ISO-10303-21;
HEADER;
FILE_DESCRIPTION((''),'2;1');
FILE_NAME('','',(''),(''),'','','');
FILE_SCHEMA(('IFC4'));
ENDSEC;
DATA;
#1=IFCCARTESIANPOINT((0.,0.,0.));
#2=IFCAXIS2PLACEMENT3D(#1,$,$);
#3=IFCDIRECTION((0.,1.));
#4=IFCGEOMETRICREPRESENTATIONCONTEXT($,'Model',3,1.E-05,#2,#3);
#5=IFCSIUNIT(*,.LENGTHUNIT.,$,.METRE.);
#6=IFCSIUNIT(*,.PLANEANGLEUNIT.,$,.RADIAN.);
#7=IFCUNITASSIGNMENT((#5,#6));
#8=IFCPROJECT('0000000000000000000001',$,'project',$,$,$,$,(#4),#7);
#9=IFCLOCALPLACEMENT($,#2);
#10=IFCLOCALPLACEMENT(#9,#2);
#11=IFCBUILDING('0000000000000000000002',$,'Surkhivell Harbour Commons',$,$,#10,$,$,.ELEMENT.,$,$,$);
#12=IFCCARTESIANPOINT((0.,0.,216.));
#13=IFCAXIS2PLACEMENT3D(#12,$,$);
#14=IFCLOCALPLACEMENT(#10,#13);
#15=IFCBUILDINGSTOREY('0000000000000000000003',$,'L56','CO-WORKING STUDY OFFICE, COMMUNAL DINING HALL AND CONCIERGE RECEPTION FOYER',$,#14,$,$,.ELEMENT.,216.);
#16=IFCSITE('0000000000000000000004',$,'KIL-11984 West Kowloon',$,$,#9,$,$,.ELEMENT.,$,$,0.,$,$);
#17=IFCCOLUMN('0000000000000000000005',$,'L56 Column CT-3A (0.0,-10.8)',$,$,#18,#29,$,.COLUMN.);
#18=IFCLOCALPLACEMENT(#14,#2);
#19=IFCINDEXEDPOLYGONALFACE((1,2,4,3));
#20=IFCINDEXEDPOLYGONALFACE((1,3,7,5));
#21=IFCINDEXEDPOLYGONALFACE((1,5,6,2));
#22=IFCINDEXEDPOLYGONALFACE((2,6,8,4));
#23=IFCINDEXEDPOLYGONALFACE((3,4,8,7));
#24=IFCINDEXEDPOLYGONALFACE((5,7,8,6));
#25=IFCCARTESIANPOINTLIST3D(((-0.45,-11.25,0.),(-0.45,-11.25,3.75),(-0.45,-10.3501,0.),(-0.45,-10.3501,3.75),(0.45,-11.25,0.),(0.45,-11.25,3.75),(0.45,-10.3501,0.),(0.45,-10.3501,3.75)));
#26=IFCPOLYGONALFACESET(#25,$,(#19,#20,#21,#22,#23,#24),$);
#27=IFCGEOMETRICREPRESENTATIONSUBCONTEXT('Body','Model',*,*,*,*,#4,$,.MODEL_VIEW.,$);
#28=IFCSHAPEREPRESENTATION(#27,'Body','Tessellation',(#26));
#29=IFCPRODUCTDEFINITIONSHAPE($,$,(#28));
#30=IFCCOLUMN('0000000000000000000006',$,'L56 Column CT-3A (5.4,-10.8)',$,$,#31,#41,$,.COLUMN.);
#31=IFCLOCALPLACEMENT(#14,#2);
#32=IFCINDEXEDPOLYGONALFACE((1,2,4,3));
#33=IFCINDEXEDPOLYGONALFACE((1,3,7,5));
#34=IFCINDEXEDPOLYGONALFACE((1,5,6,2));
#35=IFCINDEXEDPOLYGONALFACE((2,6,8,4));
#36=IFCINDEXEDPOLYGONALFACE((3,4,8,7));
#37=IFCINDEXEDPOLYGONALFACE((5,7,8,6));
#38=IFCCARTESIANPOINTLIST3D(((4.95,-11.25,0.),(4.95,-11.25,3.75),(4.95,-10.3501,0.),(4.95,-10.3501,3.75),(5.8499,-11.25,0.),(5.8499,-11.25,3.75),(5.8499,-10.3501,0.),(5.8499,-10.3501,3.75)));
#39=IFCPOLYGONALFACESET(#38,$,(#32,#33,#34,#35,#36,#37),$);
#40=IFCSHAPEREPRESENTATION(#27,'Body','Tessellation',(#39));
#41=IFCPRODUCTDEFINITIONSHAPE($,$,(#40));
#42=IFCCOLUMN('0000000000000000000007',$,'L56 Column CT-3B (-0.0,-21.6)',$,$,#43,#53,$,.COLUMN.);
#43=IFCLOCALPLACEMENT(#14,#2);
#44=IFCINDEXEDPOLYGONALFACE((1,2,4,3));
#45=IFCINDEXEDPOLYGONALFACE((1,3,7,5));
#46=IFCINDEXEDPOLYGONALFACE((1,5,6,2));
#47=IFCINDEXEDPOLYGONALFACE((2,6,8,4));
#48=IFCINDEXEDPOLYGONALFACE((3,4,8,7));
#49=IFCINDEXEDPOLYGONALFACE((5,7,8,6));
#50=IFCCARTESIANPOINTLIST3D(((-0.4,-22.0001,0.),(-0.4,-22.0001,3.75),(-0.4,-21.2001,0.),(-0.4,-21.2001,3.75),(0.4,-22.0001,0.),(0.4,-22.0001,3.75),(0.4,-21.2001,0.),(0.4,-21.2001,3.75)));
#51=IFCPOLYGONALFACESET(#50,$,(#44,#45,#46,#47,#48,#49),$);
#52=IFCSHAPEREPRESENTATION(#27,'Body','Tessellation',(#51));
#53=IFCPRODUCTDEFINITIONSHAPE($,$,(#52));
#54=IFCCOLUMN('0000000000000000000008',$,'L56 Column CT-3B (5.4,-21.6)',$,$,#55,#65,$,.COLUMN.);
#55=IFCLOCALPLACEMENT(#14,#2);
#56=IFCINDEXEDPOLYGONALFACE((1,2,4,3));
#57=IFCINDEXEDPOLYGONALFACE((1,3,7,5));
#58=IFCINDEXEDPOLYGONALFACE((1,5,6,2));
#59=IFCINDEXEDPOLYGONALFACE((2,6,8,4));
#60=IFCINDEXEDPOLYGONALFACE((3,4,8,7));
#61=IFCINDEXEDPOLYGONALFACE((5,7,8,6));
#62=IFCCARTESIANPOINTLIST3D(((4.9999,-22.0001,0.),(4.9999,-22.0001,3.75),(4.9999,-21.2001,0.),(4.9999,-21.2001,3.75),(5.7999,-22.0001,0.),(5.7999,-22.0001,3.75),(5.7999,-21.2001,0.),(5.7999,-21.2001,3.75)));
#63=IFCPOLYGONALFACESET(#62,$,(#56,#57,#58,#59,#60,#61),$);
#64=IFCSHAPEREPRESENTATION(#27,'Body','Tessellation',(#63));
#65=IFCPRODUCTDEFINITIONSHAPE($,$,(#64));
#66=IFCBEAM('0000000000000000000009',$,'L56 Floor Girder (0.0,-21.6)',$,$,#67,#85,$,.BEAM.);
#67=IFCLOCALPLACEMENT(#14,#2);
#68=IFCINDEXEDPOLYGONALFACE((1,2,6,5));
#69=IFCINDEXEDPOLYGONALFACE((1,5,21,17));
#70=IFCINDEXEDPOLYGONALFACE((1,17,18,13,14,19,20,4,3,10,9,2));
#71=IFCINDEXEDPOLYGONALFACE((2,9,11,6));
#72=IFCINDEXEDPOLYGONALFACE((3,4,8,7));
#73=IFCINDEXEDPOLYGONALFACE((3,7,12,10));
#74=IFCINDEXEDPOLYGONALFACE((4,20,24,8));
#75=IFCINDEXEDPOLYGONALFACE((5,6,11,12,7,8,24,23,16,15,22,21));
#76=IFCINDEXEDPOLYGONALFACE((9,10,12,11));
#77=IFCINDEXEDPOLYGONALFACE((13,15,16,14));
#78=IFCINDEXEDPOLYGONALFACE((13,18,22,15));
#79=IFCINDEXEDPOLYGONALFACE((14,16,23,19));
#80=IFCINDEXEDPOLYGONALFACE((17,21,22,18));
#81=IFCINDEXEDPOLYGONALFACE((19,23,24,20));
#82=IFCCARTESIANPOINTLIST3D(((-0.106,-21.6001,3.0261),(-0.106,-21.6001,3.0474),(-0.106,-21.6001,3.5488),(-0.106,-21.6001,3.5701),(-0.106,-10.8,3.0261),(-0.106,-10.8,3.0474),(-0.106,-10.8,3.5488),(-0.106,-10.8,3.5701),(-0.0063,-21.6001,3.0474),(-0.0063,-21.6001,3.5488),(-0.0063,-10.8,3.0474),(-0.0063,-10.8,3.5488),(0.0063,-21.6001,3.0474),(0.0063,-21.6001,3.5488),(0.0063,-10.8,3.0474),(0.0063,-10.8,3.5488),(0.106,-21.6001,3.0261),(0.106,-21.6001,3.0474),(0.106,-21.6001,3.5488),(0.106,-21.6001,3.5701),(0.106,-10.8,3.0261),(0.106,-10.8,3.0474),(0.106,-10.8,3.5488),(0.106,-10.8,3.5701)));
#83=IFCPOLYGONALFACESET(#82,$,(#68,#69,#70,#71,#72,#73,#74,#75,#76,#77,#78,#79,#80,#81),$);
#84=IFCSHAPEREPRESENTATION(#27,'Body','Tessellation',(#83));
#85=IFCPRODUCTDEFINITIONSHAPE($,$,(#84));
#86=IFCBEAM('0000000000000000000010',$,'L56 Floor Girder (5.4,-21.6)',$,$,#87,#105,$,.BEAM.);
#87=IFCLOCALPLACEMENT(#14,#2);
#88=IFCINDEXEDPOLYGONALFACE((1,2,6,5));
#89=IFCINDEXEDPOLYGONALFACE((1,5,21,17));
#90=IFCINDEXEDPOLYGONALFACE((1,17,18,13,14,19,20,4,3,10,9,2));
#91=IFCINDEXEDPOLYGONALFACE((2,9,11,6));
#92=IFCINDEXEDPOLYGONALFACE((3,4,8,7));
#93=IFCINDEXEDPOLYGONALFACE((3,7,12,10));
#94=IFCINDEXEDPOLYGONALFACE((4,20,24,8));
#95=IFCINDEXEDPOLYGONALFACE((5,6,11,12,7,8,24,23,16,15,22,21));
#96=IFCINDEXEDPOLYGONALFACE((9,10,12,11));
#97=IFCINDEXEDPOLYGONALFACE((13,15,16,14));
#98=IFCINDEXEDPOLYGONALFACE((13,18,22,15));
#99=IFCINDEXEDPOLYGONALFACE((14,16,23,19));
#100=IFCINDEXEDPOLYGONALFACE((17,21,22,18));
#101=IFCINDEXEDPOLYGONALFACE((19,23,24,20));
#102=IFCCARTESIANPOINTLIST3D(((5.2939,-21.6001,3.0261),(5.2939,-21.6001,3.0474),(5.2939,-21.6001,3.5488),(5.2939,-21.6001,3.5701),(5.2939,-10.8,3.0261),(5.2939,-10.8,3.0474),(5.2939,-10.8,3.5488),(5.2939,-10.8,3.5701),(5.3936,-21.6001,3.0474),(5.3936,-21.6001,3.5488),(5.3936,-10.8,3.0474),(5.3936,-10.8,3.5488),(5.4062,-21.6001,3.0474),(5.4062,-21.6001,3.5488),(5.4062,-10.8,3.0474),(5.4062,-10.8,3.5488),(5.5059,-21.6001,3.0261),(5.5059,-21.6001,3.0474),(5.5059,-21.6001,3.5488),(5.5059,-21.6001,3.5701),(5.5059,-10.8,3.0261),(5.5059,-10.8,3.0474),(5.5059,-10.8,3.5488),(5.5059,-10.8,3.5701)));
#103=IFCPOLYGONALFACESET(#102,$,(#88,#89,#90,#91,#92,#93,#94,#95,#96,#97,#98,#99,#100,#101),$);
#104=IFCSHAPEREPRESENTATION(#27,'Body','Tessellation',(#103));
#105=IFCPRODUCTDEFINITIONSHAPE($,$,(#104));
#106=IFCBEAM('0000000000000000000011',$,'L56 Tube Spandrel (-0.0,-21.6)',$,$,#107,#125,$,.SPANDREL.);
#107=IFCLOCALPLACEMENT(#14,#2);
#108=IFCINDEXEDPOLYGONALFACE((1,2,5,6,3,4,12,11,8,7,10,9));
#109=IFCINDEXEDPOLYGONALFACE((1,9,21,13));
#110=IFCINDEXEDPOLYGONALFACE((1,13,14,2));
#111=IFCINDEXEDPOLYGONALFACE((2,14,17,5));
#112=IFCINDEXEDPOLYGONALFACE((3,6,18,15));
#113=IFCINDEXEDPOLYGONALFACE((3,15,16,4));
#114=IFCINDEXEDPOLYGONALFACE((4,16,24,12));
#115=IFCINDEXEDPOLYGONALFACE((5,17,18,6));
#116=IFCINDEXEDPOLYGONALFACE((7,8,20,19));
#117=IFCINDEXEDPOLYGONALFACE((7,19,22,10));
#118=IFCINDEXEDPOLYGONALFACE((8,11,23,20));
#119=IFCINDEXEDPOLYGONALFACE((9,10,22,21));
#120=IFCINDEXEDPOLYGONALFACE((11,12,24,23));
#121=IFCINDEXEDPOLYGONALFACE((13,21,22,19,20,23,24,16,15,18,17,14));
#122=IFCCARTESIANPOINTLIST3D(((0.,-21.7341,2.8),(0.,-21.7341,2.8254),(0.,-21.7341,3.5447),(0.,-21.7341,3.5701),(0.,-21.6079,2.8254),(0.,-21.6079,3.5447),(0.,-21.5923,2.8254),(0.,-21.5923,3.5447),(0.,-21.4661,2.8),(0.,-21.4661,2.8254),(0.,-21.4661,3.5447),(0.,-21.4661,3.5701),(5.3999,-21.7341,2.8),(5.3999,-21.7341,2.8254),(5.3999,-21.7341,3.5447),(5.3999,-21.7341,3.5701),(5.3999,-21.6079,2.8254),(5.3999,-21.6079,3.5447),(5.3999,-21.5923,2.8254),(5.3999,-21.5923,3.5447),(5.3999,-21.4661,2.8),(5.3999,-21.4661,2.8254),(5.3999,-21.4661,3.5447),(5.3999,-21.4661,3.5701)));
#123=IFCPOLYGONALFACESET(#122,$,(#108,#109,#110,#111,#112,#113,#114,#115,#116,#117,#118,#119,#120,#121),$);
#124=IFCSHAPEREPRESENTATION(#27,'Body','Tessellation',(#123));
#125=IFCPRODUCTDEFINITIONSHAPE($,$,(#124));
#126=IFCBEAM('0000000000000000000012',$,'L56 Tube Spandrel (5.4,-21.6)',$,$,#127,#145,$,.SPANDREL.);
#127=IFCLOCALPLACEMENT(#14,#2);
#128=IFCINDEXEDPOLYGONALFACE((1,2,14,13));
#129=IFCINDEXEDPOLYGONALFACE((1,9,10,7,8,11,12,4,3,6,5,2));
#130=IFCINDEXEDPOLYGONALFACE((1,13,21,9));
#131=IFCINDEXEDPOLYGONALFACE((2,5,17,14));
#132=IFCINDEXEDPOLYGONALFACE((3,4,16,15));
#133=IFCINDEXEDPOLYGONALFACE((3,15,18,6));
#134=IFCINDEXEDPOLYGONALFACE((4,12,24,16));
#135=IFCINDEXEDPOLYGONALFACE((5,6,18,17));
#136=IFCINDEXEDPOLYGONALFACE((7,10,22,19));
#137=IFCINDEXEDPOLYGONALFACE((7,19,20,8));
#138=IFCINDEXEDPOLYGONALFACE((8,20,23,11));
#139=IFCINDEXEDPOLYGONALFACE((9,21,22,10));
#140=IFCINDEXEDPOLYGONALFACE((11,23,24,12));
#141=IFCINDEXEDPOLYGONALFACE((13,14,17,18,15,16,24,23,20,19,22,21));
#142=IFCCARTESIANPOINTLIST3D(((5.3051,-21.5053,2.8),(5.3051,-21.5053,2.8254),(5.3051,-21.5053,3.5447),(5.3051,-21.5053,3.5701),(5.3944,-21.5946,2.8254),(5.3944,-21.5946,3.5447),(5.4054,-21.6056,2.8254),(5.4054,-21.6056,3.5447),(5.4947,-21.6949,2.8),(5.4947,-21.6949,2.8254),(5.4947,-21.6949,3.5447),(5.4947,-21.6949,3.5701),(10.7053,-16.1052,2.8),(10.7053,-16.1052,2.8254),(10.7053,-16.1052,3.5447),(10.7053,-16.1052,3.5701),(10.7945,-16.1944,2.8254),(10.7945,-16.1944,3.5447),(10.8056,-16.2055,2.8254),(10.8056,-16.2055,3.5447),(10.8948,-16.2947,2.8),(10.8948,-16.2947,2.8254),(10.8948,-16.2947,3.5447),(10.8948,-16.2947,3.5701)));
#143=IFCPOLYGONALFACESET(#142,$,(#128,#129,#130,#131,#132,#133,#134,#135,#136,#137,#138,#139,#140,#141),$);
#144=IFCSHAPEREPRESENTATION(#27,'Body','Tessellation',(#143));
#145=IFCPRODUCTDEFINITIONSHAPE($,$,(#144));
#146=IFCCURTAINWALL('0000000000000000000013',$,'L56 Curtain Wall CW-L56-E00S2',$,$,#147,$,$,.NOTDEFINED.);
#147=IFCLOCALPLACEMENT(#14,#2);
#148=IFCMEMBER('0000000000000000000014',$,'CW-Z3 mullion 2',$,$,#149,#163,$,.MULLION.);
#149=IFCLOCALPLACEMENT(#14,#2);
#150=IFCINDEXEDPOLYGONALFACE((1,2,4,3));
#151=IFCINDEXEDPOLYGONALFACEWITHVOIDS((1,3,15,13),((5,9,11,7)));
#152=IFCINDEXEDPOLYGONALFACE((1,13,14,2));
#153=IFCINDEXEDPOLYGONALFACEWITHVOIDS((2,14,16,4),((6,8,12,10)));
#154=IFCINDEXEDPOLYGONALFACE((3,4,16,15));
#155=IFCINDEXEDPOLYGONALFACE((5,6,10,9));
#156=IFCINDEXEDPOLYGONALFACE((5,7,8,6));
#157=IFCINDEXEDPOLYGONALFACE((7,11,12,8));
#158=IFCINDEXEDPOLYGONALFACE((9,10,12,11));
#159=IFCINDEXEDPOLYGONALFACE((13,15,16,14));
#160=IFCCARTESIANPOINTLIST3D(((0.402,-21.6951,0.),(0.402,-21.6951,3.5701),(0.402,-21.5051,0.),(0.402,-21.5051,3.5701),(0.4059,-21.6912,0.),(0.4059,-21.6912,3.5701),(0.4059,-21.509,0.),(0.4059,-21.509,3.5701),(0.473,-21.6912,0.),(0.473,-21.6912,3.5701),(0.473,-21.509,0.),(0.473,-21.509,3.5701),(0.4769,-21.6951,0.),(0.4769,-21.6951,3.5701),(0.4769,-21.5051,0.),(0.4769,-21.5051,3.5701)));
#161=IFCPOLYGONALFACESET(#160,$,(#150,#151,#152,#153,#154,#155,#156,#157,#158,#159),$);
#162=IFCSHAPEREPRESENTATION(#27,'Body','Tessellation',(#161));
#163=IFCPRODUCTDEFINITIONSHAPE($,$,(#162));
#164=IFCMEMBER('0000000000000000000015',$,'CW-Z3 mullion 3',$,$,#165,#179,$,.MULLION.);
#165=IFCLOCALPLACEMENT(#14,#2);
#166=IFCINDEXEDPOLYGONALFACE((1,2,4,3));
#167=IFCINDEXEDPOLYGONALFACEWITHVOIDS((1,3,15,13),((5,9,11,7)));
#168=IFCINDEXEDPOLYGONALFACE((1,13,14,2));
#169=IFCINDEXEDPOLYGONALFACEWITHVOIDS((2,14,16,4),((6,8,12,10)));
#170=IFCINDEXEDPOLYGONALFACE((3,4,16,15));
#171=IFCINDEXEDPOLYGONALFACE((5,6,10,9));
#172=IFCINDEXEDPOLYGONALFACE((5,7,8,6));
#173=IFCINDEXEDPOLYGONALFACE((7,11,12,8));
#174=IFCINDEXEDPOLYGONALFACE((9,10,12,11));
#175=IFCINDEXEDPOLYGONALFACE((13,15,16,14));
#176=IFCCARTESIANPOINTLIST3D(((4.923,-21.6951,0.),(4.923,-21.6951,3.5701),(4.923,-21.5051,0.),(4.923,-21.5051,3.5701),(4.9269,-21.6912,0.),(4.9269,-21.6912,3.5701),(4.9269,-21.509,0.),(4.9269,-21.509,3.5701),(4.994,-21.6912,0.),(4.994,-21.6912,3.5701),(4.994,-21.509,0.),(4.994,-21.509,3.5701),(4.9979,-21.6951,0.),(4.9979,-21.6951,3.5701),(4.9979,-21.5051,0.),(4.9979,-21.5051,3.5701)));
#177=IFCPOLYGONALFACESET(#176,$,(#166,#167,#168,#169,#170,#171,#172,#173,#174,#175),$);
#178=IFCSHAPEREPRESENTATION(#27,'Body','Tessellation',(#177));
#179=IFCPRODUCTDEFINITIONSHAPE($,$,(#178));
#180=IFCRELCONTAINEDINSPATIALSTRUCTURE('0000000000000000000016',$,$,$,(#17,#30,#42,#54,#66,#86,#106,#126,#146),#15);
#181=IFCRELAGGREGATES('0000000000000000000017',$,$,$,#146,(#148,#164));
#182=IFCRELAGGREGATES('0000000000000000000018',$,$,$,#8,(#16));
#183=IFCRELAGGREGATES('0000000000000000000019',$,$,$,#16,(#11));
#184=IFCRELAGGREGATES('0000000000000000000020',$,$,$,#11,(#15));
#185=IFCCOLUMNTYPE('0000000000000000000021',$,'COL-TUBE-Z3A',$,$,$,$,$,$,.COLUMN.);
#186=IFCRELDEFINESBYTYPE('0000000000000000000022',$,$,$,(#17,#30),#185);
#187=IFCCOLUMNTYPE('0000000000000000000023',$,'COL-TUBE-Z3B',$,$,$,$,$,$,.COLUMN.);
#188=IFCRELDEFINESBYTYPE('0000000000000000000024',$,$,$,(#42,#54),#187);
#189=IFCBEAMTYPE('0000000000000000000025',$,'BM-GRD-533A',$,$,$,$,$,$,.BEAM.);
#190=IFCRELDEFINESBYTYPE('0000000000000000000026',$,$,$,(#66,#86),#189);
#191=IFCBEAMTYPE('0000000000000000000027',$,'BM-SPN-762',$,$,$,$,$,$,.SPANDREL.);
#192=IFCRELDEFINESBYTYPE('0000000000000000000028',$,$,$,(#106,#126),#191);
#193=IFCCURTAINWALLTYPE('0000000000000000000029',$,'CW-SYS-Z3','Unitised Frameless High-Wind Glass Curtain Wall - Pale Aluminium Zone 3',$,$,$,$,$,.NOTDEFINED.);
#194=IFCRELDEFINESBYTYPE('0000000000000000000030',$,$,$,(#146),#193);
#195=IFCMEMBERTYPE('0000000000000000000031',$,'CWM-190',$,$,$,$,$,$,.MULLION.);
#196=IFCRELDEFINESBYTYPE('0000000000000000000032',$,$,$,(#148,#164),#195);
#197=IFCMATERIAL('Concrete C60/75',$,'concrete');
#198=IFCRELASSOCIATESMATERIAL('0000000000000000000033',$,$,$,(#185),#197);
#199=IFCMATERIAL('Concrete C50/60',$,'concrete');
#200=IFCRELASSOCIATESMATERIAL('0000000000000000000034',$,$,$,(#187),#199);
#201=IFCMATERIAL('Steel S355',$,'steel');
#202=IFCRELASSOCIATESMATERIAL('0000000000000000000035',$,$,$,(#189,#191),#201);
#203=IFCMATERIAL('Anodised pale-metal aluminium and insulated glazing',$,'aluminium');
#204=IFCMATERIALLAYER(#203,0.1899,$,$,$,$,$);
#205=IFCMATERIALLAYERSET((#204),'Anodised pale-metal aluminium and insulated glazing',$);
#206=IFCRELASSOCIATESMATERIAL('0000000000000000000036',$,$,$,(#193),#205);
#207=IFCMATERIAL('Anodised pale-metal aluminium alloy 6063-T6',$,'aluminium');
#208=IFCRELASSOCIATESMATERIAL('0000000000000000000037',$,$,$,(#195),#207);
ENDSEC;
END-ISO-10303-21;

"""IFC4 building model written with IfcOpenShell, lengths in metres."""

from ifc_helpers import new_model, si_unit, direction, frame, origin, origin_2d, place, context, subcontext, project, spatial, rectangle, hollow_rectangle, i_section, extrude, material, layer, layer_set, material_profile, profile_set, type_object, element, aggregate, save


model = new_model("IFC4")

# Units and contexts
model_context = context("Model", 3, precision=1e-05, world=origin(), true_north=direction((0.0, 1.0)))
body_context = subcontext(model_context, "Body", "Model", "MODEL_VIEW")
ifc_project = project(units=[si_unit("LENGTHUNIT", "METRE"), si_unit("PLANEANGLEUNIT", "RADIAN")], contexts=[model_context])

# Site, building, storey
site_placement = place(None, origin())
site = spatial("IfcSite", under=ifc_project, at=site_placement, Name="KIL-11984 West Kowloon", CompositionType="ELEMENT", RefElevation=0.0)
building_placement = place(site_placement, origin())
building = spatial("IfcBuilding", under=site, at=building_placement, Name="Surkhivell Harbour Commons", CompositionType="ELEMENT")
storey_placement = place(building_placement, frame((0.0, 0.0, 216.0)))
storey = spatial("IfcBuildingStorey", under=building, at=storey_placement, Name="L56", Description="CO-WORKING STUDY OFFICE, COMMUNAL DINING HALL AND CONCIERGE RECEPTION FOYER", CompositionType="ELEMENT", Elevation=216.0)

# Columns
ifc_material_1 = material(Name="Concrete C60/75", Category="concrete")
ifc_material_profile_1 = material_profile(ifc_material_1, rectangle(XDim=0.8999, YDim=0.8999, at=origin_2d()), Name="RC-COL-900x900")
ifc_profile_set_1 = profile_set([ifc_material_profile_1], Name="Concrete C60/75")
column_type_1 = type_object("IfcColumnType", Name="COL-TUBE-Z3A", PredefinedType="COLUMN", material=ifc_profile_set_1)
for number, where, z_axis, x_axis, name in (
    (1, (0.0, -10.8, 0.0), (0.0, 0.0, 1.0), (1.0, 0.0, 0.0), "L56 Column CT-3A (0.0,-10.8)"),
    (2, (5.3999, -10.8, 0.0), (0.0, 0.0, 1.0), (1.0, 0.0, 0.0), "L56 Column CT-3A (5.4,-10.8)"),
):
    element("IfcColumn", number, at=place(storey_placement, frame(where, z_axis=z_axis, x_axis=x_axis)), inside=storey, type_object=column_type_1, Name=name, PredefinedType="COLUMN", context=body_context, shape_type="SweptSolid", body=[
        extrude(rectangle(XDim=0.8999, YDim=0.8999, at=origin_2d()), origin(), (0.0, 0.0, 1.0), 3.75),
    ])
ifc_material_2 = material(Name="Concrete C50/60", Category="concrete")
ifc_material_profile_2 = material_profile(ifc_material_2, rectangle(XDim=0.8, YDim=0.8, at=origin_2d()), Name="RC-COL-800x800")
ifc_profile_set_2 = profile_set([ifc_material_profile_2], Name="Concrete C50/60")
column_type_2 = type_object("IfcColumnType", Name="COL-TUBE-Z3B", PredefinedType="COLUMN", material=ifc_profile_set_2)
for number, where, z_axis, x_axis, name in (
    (3, (0.0, -21.6001, 0.0), (0.0, 0.0, 1.0), (1.0, 0.0, 0.0), "L56 Column CT-3B (-0.0,-21.6)"),
    (4, (5.3999, -21.6001, 0.0), (0.0, 0.0, 1.0), (1.0, 0.0, 0.0), "L56 Column CT-3B (5.4,-21.6)"),
):
    element("IfcColumn", number, at=place(storey_placement, frame(where, z_axis=z_axis, x_axis=x_axis)), inside=storey, type_object=column_type_2, Name=name, PredefinedType="COLUMN", context=body_context, shape_type="SweptSolid", body=[
        extrude(rectangle(XDim=0.8, YDim=0.8, at=origin_2d()), origin(), (0.0, 0.0, 1.0), 3.75),
    ])

# Beams
ifc_material_3 = material(Name="Steel S355", Category="steel")
ifc_material_profile_3 = material_profile(ifc_material_3, i_section(OverallWidth=0.2119, OverallDepth=0.5439, WebThickness=0.0127, FlangeThickness=0.0212, at=origin_2d()), Name="UB533x210x122")
ifc_profile_set_3 = profile_set([ifc_material_profile_3], Name="Steel S355")
beam_type_1 = type_object("IfcBeamType", Name="BM-GRD-533A", PredefinedType="BEAM", material=ifc_profile_set_3)
for number, where, z_axis, x_axis, name in (
    (5, (0.0, -21.6001, 3.2981), (0.0, 1.0, 0.0), (-1.0, 0.0, 0.0), "L56 Floor Girder (0.0,-21.6)"),
    (6, (5.3999, -21.6001, 3.2981), (0.0, 1.0, 0.0), (-1.0, 0.0, 0.0), "L56 Floor Girder (5.4,-21.6)"),
):
    element("IfcBeam", number, at=place(storey_placement, frame(where, z_axis=z_axis, x_axis=x_axis)), inside=storey, type_object=beam_type_1, Name=name, PredefinedType="BEAM", context=body_context, shape_type="SweptSolid", body=[
        extrude(i_section(OverallWidth=0.2119, OverallDepth=0.5439, WebThickness=0.0127, FlangeThickness=0.0212, at=origin_2d()), origin(), (0.0, 0.0, 1.0), 10.8),
    ])
ifc_material_profile_4 = material_profile(ifc_material_3, i_section(OverallWidth=0.2681, OverallDepth=0.77, WebThickness=0.0156, FlangeThickness=0.0254, at=origin_2d()), Name="UB762x267x197")
ifc_profile_set_4 = profile_set([ifc_material_profile_4], Name="Steel S355")
beam_type_2 = type_object("IfcBeamType", Name="BM-SPN-762", PredefinedType="SPANDREL", material=ifc_profile_set_4)
beam_1_placement = place(storey_placement, frame((0.0, -21.6001, 3.1851), z_axis=(1.0, 0.0, 0.0), x_axis=(0.0, 1.0, 0.0)))
element("IfcBeam", 7, at=beam_1_placement, inside=storey, type_object=beam_type_2, Name="L56 Tube Spandrel (-0.0,-21.6)", PredefinedType="SPANDREL", context=body_context, shape_type="SweptSolid", body=[
    extrude(i_section(OverallWidth=0.2681, OverallDepth=0.77, WebThickness=0.0156, FlangeThickness=0.0254, at=origin_2d()), origin(), (0.0, 0.0, 1.0), 5.3999),
])
beam_2_placement = place(storey_placement, frame((5.3999, -21.6001, 3.1851), z_axis=(0.707107, 0.707107, 0.0), x_axis=(-0.707107, 0.707107, 0.0)))
element("IfcBeam", 8, at=beam_2_placement, inside=storey, type_object=beam_type_2, Name="L56 Tube Spandrel (5.4,-21.6)", PredefinedType="SPANDREL", context=body_context, shape_type="SweptSolid", body=[
    extrude(i_section(OverallWidth=0.2681, OverallDepth=0.77, WebThickness=0.0156, FlangeThickness=0.0254, at=origin_2d()), origin(), (0.0, 0.0, 1.0), 7.637),
])

# Curtain wall, members
ifc_material_4 = material(Name="Anodised pale-metal aluminium and insulated glazing", Category="aluminium")
ifc_layer_1 = layer(ifc_material_4, 0.1899)
ifc_layer_set_1 = layer_set([ifc_layer_1], Name="Anodised pale-metal aluminium and insulated glazing")
curtain_wall_type = type_object("IfcCurtainWallType", Name="CW-SYS-Z3", Description="Unitised Frameless High-Wind Glass Curtain Wall - Pale Aluminium Zone 3", PredefinedType="NOTDEFINED", material=ifc_layer_set_1)
curtain_wall_placement = place(storey_placement, origin())
curtain_wall = element("IfcCurtainWall", 9, at=curtain_wall_placement, inside=storey, type_object=curtain_wall_type, Name="L56 Curtain Wall CW-L56-E00S2", PredefinedType="NOTDEFINED")
ifc_material_5 = material(Name="Anodised pale-metal aluminium alloy 6063-T6", Category="aluminium")
ifc_material_profile_5 = material_profile(ifc_material_5, hollow_rectangle(XDim=0.075, YDim=0.1899, WallThickness=0.0039, at=origin_2d()), Name="ALU-MULL-75x190")
ifc_profile_set_5 = profile_set([ifc_material_profile_5], Name="Anodised pale-metal aluminium alloy 6063-T6")
member_type_1 = type_object("IfcMemberType", Name="CWM-190", PredefinedType="MULLION", material=ifc_profile_set_5)
member_1_placement = place(storey_placement, frame((0.4395, -21.6001, 0.0), z_axis=(0.0, 0.0, 1.0), x_axis=(1.0, 0.0, 0.0)))
member_1 = element("IfcMember", 10, at=member_1_placement, type_object=member_type_1, Name="CW-Z3 mullion 2", PredefinedType="MULLION", context=body_context, shape_type="SweptSolid", body=[
    extrude(hollow_rectangle(XDim=0.075, YDim=0.1899, WallThickness=0.0039, at=origin_2d()), origin(), (0.0, 0.0, 1.0), 3.5701),
])
member_2_placement = place(storey_placement, frame((4.9604, -21.6001, 0.0), z_axis=(0.0, 0.0, 1.0), x_axis=(1.0, 0.0, 0.0)))
member_2 = element("IfcMember", 11, at=member_2_placement, type_object=member_type_1, Name="CW-Z3 mullion 3", PredefinedType="MULLION", context=body_context, shape_type="SweptSolid", body=[
    extrude(hollow_rectangle(XDim=0.075, YDim=0.1899, WallThickness=0.0039, at=origin_2d()), origin(), (0.0, 0.0, 1.0), 3.5701),
])
aggregate(curtain_wall, [member_1, member_2])

save(model, "model.ifc")
